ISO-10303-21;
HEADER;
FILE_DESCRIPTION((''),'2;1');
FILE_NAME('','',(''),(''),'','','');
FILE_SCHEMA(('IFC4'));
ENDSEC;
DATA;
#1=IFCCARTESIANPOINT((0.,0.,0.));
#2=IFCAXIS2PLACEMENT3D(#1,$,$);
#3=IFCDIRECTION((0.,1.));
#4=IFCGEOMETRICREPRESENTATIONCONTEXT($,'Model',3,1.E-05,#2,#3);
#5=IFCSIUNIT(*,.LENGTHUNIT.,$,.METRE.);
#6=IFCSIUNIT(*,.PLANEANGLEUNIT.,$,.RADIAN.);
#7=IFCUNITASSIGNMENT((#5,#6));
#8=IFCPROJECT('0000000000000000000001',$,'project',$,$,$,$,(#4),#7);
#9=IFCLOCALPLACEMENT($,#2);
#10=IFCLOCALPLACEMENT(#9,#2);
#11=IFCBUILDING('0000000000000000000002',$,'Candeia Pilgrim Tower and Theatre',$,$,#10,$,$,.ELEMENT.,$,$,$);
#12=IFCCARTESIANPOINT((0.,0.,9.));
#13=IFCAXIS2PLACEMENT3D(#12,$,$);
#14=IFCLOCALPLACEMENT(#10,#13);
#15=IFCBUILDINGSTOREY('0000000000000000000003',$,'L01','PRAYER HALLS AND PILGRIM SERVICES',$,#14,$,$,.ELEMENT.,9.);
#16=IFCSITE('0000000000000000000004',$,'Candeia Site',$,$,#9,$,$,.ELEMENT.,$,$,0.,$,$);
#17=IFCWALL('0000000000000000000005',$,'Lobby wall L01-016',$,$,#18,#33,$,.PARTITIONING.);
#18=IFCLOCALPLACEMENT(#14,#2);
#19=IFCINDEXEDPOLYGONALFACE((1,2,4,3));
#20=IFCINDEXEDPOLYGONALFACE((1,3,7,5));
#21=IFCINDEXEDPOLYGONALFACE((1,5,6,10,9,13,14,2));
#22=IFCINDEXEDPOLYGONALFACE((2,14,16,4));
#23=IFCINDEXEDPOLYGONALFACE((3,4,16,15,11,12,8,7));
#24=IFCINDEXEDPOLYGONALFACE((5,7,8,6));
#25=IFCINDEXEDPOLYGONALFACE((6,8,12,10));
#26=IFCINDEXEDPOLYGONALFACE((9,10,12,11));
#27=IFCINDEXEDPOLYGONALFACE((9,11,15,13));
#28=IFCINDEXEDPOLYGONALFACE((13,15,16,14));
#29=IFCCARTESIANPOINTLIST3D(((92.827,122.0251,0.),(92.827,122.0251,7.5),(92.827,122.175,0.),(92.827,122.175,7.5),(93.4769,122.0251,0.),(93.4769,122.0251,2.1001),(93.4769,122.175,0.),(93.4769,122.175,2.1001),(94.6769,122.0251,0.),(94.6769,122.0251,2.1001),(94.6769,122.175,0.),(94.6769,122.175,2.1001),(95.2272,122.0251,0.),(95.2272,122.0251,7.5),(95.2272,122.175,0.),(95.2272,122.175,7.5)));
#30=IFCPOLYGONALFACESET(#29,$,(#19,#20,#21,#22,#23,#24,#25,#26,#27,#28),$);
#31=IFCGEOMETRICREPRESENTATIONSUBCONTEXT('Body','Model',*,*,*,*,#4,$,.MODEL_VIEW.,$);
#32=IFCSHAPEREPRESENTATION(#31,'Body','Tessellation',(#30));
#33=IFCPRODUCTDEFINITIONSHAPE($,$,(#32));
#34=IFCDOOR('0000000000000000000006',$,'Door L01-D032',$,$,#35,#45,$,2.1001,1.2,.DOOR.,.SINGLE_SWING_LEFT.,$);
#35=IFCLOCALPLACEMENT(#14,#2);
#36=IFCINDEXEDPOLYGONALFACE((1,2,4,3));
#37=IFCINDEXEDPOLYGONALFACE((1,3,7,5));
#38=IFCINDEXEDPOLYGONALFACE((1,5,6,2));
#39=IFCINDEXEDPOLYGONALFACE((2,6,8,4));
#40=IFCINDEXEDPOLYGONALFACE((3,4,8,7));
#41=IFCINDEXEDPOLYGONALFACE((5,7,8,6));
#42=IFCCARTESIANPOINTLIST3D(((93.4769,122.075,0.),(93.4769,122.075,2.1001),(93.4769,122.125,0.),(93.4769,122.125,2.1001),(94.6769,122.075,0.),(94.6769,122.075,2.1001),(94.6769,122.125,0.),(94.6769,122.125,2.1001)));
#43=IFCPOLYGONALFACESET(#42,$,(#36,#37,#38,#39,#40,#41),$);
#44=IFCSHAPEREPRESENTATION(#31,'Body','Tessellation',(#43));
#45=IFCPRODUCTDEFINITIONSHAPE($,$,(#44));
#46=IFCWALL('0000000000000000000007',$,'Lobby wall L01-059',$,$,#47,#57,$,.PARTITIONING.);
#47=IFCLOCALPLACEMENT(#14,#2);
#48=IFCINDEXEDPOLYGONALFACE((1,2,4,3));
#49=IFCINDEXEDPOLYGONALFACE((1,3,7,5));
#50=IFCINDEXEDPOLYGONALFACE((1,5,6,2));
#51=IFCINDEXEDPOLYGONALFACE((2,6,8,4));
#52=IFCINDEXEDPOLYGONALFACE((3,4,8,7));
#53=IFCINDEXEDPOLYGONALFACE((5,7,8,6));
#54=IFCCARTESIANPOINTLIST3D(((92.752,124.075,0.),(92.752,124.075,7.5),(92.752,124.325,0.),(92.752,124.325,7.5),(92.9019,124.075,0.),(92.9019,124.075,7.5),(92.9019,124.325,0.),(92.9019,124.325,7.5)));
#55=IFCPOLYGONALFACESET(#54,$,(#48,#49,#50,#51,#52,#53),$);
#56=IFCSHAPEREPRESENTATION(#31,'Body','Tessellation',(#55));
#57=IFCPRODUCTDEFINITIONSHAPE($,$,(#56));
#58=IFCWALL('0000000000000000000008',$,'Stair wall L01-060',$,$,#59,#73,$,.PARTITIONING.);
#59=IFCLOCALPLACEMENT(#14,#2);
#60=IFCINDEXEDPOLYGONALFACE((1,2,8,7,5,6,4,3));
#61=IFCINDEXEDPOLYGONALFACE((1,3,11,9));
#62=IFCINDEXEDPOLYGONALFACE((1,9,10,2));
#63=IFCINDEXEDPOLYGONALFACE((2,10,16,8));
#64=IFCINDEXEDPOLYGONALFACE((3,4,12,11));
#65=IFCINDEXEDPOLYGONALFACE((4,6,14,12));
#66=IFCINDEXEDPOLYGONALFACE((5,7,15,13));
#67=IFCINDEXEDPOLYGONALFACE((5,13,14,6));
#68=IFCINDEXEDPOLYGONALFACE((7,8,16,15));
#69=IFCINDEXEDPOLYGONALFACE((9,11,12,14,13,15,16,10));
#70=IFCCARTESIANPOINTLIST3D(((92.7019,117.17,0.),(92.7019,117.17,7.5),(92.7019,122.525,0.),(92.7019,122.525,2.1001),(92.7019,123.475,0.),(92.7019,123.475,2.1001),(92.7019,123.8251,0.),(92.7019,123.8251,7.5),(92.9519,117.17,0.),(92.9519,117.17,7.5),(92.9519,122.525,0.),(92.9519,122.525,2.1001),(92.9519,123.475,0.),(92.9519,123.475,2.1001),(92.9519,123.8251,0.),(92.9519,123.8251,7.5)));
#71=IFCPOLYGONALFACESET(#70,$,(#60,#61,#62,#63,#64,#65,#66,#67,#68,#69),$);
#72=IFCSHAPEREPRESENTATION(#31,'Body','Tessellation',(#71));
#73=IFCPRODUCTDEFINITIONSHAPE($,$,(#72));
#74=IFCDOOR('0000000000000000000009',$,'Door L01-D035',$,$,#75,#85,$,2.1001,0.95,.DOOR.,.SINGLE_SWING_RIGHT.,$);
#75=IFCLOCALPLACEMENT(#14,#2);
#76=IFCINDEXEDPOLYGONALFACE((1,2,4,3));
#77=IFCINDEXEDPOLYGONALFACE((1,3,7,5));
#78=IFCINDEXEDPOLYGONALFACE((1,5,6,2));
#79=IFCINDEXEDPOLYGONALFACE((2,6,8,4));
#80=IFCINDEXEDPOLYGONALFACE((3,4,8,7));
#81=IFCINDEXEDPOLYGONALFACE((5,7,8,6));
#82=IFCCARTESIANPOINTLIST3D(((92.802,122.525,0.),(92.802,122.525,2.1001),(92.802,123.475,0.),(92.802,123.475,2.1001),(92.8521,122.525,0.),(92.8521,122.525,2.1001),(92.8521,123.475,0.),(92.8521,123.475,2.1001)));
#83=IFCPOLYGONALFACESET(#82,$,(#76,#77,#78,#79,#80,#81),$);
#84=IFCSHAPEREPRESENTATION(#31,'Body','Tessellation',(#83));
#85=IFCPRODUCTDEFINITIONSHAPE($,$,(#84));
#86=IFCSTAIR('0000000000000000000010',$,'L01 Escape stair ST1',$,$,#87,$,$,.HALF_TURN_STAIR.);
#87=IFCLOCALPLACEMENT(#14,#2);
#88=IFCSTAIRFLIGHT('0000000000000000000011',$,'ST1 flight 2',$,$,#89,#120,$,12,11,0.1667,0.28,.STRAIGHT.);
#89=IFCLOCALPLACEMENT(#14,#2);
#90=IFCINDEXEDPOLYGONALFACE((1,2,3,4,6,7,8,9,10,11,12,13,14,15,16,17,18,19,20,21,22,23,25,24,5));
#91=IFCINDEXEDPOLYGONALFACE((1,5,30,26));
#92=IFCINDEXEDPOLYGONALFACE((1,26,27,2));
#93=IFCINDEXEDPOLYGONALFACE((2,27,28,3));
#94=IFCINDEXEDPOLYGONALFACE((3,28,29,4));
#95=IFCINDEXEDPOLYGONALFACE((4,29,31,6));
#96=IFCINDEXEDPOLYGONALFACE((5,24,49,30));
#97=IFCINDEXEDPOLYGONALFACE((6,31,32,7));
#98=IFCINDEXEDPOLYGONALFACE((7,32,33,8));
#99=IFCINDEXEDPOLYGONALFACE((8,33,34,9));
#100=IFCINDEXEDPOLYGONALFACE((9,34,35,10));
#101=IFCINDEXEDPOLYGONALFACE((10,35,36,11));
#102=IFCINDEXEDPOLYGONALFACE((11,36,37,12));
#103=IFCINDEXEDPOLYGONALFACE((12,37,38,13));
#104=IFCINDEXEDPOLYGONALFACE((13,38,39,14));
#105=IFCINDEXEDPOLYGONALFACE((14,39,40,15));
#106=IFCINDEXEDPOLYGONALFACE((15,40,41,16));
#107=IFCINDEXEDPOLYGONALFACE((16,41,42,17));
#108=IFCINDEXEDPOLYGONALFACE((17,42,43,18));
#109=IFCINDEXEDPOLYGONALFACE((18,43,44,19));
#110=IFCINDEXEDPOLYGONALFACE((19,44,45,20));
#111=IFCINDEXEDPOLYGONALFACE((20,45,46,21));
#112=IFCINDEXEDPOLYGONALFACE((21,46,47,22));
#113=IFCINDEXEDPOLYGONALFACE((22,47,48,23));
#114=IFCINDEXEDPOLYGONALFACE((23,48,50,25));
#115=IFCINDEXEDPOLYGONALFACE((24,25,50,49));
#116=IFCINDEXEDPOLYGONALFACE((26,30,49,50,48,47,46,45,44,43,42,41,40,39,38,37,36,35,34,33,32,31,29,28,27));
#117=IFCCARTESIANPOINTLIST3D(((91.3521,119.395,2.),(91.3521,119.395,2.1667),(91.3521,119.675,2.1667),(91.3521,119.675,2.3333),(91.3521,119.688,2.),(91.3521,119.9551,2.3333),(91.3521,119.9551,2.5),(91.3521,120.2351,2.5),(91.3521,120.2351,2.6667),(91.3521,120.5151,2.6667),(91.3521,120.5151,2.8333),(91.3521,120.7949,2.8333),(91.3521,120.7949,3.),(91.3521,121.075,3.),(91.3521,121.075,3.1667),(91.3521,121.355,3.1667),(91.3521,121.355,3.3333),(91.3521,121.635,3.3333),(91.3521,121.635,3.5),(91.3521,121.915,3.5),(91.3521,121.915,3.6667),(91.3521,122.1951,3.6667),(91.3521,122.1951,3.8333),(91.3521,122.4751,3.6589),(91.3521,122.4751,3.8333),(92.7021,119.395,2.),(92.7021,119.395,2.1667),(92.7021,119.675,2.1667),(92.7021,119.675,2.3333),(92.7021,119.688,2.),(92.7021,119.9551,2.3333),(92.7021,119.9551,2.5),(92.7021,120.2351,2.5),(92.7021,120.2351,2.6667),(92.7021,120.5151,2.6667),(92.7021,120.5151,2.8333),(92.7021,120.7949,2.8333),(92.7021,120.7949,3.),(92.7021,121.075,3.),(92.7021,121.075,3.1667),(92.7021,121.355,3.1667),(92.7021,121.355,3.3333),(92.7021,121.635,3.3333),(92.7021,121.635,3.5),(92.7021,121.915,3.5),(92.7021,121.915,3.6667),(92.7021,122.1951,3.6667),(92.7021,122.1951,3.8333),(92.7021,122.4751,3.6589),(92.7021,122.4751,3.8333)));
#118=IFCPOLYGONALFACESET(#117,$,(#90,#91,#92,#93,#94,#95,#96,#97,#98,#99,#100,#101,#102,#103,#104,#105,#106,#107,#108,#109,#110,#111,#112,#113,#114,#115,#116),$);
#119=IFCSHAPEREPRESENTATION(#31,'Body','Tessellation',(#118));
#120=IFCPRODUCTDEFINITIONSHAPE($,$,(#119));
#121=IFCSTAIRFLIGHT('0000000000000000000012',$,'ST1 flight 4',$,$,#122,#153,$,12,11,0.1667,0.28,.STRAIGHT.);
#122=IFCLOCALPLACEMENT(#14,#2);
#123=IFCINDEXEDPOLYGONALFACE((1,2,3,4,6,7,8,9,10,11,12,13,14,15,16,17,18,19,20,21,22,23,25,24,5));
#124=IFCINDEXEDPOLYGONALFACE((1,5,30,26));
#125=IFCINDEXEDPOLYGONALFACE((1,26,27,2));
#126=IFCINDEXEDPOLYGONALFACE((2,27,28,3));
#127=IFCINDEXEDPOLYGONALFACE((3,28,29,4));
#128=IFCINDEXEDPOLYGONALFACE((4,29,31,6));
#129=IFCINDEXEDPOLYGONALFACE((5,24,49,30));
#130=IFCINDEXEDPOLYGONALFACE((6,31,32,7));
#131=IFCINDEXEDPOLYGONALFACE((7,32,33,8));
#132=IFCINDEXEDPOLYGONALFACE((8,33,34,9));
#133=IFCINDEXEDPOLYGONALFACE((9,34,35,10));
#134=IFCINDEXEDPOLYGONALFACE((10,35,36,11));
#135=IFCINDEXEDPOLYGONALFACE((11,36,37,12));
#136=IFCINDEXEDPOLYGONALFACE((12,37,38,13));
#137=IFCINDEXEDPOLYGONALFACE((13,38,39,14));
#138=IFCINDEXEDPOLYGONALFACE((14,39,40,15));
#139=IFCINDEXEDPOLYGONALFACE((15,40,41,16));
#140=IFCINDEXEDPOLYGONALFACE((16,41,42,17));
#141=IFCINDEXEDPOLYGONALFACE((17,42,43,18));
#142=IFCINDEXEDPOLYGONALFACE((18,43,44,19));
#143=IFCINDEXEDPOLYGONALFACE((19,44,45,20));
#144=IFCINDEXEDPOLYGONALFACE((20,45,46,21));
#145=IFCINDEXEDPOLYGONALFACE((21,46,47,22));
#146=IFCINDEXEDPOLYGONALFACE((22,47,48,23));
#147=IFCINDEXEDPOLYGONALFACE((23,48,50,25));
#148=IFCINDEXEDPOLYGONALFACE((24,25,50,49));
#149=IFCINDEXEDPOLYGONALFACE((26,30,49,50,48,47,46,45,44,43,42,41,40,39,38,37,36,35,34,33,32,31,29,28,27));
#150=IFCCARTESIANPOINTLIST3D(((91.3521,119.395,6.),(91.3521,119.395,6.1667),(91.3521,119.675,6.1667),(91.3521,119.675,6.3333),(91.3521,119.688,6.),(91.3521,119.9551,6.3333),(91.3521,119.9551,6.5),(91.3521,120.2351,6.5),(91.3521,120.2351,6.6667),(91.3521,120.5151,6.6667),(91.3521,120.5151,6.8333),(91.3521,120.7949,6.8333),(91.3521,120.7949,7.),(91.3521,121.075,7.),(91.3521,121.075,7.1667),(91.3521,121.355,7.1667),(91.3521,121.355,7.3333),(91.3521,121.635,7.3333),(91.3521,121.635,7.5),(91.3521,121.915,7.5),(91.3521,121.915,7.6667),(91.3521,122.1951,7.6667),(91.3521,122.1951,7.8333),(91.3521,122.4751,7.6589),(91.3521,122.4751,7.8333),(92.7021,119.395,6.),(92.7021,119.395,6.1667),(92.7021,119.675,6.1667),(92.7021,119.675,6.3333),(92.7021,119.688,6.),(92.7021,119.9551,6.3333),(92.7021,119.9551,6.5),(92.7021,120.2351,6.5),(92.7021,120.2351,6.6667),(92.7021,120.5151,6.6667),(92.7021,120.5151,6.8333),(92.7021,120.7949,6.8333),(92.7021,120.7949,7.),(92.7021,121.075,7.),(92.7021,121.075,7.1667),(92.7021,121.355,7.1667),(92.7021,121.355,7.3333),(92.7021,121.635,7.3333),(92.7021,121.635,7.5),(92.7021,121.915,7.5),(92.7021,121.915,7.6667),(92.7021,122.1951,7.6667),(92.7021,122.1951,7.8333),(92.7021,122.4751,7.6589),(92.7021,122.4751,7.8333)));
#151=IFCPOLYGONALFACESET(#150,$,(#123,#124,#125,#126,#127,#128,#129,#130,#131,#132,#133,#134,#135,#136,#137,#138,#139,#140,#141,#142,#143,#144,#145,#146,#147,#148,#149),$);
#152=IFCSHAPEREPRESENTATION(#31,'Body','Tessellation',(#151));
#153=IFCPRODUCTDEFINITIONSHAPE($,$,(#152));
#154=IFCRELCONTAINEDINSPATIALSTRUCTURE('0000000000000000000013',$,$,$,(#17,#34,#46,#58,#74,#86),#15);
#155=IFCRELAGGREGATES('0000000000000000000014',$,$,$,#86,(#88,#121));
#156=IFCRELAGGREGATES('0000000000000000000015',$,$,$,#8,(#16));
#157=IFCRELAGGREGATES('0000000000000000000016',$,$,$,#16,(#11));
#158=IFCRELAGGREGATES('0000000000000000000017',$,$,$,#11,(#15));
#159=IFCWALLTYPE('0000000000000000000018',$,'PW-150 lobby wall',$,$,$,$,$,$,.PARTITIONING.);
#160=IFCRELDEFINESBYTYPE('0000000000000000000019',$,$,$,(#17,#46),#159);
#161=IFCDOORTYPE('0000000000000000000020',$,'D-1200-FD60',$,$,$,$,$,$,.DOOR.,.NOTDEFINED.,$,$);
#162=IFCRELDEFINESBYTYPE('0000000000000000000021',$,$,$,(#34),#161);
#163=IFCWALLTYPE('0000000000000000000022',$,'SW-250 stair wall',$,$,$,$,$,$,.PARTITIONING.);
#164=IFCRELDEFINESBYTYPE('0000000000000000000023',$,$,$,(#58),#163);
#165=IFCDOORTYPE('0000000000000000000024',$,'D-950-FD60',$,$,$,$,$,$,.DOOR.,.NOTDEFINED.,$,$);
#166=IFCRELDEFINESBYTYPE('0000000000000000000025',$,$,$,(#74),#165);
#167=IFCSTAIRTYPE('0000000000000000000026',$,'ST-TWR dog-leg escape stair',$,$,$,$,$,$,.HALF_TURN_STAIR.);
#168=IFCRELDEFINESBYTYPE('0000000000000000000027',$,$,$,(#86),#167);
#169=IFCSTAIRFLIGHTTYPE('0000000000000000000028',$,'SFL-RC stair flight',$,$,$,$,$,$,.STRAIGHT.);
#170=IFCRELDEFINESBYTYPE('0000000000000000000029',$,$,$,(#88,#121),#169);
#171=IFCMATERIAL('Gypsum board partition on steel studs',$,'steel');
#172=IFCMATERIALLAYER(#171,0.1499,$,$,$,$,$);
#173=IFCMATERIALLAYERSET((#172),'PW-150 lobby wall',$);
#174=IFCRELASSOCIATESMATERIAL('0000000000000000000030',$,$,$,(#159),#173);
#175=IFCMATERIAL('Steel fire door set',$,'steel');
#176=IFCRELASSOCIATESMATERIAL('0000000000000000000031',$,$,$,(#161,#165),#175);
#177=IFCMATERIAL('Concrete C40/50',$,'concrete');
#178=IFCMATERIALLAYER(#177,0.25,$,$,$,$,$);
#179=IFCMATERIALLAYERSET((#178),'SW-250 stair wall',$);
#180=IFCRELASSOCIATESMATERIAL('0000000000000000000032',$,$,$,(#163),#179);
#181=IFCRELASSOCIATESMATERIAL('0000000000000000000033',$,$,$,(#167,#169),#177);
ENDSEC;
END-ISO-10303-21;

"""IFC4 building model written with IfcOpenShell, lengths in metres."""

from ifc_helpers import new_model, si_unit, direction, frame, frame_2d, origin, place, context, subcontext, project, spatial, polyline, rectangle, outline, extrude, material, layer, layer_set, type_object, element, fill, aggregate, save


model = new_model("IFC4")

# Units and contexts
model_context = context("Model", 3, precision=1e-05, world=origin(), true_north=direction((0.0, 1.0)))
body_context = subcontext(model_context, "Body", "Model", "MODEL_VIEW")
ifc_project = project(units=[si_unit("LENGTHUNIT", "METRE"), si_unit("PLANEANGLEUNIT", "RADIAN")], contexts=[model_context])

# Site, building, storey
site_placement = place(None, origin())
site = spatial("IfcSite", under=ifc_project, at=site_placement, Name="Candeia Site", CompositionType="ELEMENT", RefElevation=0.0)
building_placement = place(site_placement, origin())
building = spatial("IfcBuilding", under=site, at=building_placement, Name="Candeia Pilgrim Tower and Theatre", CompositionType="ELEMENT")
storey_placement = place(building_placement, frame((0.0, 0.0, 9.0)))
storey = spatial("IfcBuildingStorey", under=building, at=storey_placement, Name="L01", Description="PRAYER HALLS AND PILGRIM SERVICES", CompositionType="ELEMENT", Elevation=9.0)

# Wall, opening, door
ifc_material_1 = material(Name="Gypsum board partition on steel studs", Category="steel")
ifc_layer_1 = layer(ifc_material_1, 0.1499)
ifc_layer_set_1 = layer_set([ifc_layer_1], Name="PW-150 lobby wall")
wall_type_1 = type_object("IfcWallType", Name="PW-150 lobby wall", PredefinedType="PARTITIONING", material=ifc_layer_set_1)
wall_1_placement = place(storey_placement, frame((92.8269, 122.1001, 0.0), z_axis=(0.0, 0.0, 1.0), x_axis=(1.0, 0.0, 0.0)))
wall_1 = element("IfcWall", 1, at=wall_1_placement, inside=storey, type_object=wall_type_1, Name="Lobby wall L01-016", PredefinedType="PARTITIONING", context=body_context, shape_type="SweptSolid", body=[
    extrude(rectangle(XDim=2.4001, YDim=0.1499, at=frame_2d((1.2002, 0.0))), origin(), (0.0, 0.0, 1.0), 7.5),
])
opening_1_placement = place(wall_1_placement, frame((0.6499, 0.0, 0.0)))
opening_1 = element("IfcOpeningElement", 2, at=opening_1_placement, cuts=wall_1, PredefinedType="OPENING", context=body_context, shape_type="SweptSolid", body=[
    extrude(rectangle(XDim=1.2, YDim=2.1001, at=frame_2d((0.6001, 1.05))), frame((0.0, 0.085, 0.0), z_axis=(0.0, -1.0, 0.0), x_axis=(1.0, 0.0, 0.0)), (0.0, 0.0, 1.0), 0.1699),
])
ifc_material_2 = material(Name="Steel fire door set", Category="steel")
door_type_1 = type_object("IfcDoorType", Name="D-1200-FD60", OperationType="NOTDEFINED", PredefinedType="DOOR", material=ifc_material_2)
door_1_placement = place(opening_1_placement, origin())
door_1 = element("IfcDoor", 3, at=door_1_placement, inside=storey, type_object=door_type_1, Name="Door L01-D032", OperationType="SINGLE_SWING_LEFT", OverallHeight=2.1001, OverallWidth=1.2, PredefinedType="DOOR", context=body_context, shape_type="SweptSolid", body=[
    extrude(rectangle(XDim=1.2, YDim=2.1001, at=frame_2d((0.6001, 1.05))), frame((0.0, 0.0249, 0.0), z_axis=(0.0, -1.0, 0.0), x_axis=(1.0, 0.0, 0.0)), (0.0, 0.0, 1.0), 0.05),
])
fill(opening_1, door_1)

# Wall
wall_2_placement = place(storey_placement, frame((92.8269, 124.075, 0.0), z_axis=(0.0, 0.0, 1.0), x_axis=(0.0, 1.0, 0.0)))
element("IfcWall", 4, at=wall_2_placement, inside=storey, type_object=wall_type_1, Name="Lobby wall L01-059", PredefinedType="PARTITIONING", context=body_context, shape_type="SweptSolid", body=[
    extrude(rectangle(XDim=0.25, YDim=0.1499, at=frame_2d((0.125, 0.0))), origin(), (0.0, 0.0, 1.0), 7.5),
])

# Wall, opening, door
ifc_material_3 = material(Name="Concrete C40/50", Category="concrete")
ifc_layer_2 = layer(ifc_material_3, 0.25)
ifc_layer_set_2 = layer_set([ifc_layer_2], Name="SW-250 stair wall")
wall_type_2 = type_object("IfcWallType", Name="SW-250 stair wall", PredefinedType="PARTITIONING", material=ifc_layer_set_2)
wall_3_placement = place(storey_placement, frame((92.8269, 117.1699, 0.0), z_axis=(0.0, 0.0, 1.0), x_axis=(0.0, 1.0, 0.0)))
wall_3 = element("IfcWall", 5, at=wall_3_placement, inside=storey, type_object=wall_type_2, Name="Stair wall L01-060", PredefinedType="PARTITIONING", context=body_context, shape_type="SweptSolid", body=[
    extrude(rectangle(XDim=6.655, YDim=0.25, at=frame_2d((3.3276, 0.0))), origin(), (0.0, 0.0, 1.0), 7.5),
])
opening_2_placement = place(wall_3_placement, frame((5.355, 0.0, 0.0)))
opening_2 = element("IfcOpeningElement", 6, at=opening_2_placement, cuts=wall_3, PredefinedType="OPENING", context=body_context, shape_type="SweptSolid", body=[
    extrude(rectangle(XDim=0.95, YDim=2.1001, at=frame_2d((0.4751, 1.05))), frame((0.0, 0.135, 0.0), z_axis=(0.0, -1.0, 0.0), x_axis=(1.0, 0.0, 0.0)), (0.0, 0.0, 1.0), 0.27),
])
door_type_2 = type_object("IfcDoorType", Name="D-950-FD60", OperationType="NOTDEFINED", PredefinedType="DOOR", material=ifc_material_2)
door_2_placement = place(opening_2_placement, origin())
door_2 = element("IfcDoor", 7, at=door_2_placement, inside=storey, type_object=door_type_2, Name="Door L01-D035", OperationType="SINGLE_SWING_RIGHT", OverallHeight=2.1001, OverallWidth=0.95, PredefinedType="DOOR", context=body_context, shape_type="SweptSolid", body=[
    extrude(rectangle(XDim=0.95, YDim=2.1001, at=frame_2d((0.4751, 1.05))), frame((0.0, 0.0249, 0.0), z_axis=(0.0, -1.0, 0.0), x_axis=(1.0, 0.0, 0.0)), (0.0, 0.0, 1.0), 0.05),
])
fill(opening_2, door_2)

# Stair, stair flights
stair_type = type_object("IfcStairType", Name="ST-TWR dog-leg escape stair", PredefinedType="HALF_TURN_STAIR", material=ifc_material_3)
stair_placement = place(storey_placement, origin())
stair = element("IfcStair", 8, at=stair_placement, inside=storey, type_object=stair_type, Name="L01 Escape stair ST1", PredefinedType="HALF_TURN_STAIR")
stair_flight_type = type_object("IfcStairFlightType", Name="SFL-RC stair flight", PredefinedType="STRAIGHT", material=ifc_material_3)
stair_flight_1_placement = place(storey_placement, frame((92.0271, 119.395, 2.0), z_axis=(0.0, 0.0, 1.0), x_axis=(0.0, 1.0, 0.0)))
stair_flight_1 = element("IfcStairFlight", 9, at=stair_flight_1_placement, type_object=stair_flight_type, Name="ST1 flight 2", NumberOfRisers=12, NumberOfTreads=11, PredefinedType="STRAIGHT", RiserHeight=0.1667, TreadLength=0.28, context=body_context, shape_type="SweptSolid", body=[
    extrude(outline(polyline([(0.0, 0.0), (0.0, 0.1667), (0.28, 0.1667), (0.28, 0.3333), (0.5601, 0.3333), (0.5601, 0.5), (0.8401, 0.5), (0.8401, 0.6667), (1.1201, 0.6667), (1.1201, 0.8333), (1.3999, 0.8333), (1.3999, 1.0), (1.6799, 1.0), (1.6799, 1.1667), (1.96, 1.1667), (1.96, 1.3333), (2.24, 1.3333), (2.24, 1.5), (2.52, 1.5), (2.52, 1.6667), (2.8, 1.6667), (2.8, 1.8333), (3.0801, 1.8333), (3.0801, 2.0), (3.0801, 1.6589), (0.293, 0.0), (0.0, 0.0)])), frame((0.0, 0.675, 0.0), z_axis=(0.0, -1.0, 0.0), x_axis=(1.0, 0.0, 0.0)), (0.0, 0.0, 1.0), 1.3501),
])
stair_flight_2_placement = place(storey_placement, frame((92.0271, 119.395, 6.0), z_axis=(0.0, 0.0, 1.0), x_axis=(0.0, 1.0, 0.0)))
stair_flight_2 = element("IfcStairFlight", 10, at=stair_flight_2_placement, type_object=stair_flight_type, Name="ST1 flight 4", NumberOfRisers=12, NumberOfTreads=11, PredefinedType="STRAIGHT", RiserHeight=0.1667, TreadLength=0.28, context=body_context, shape_type="SweptSolid", body=[
    extrude(outline(polyline([(0.0, 0.0), (0.0, 0.1667), (0.28, 0.1667), (0.28, 0.3333), (0.5601, 0.3333), (0.5601, 0.5), (0.8401, 0.5), (0.8401, 0.6667), (1.1201, 0.6667), (1.1201, 0.8333), (1.3999, 0.8333), (1.3999, 1.0), (1.6799, 1.0), (1.6799, 1.1667), (1.96, 1.1667), (1.96, 1.3333), (2.24, 1.3333), (2.24, 1.5), (2.52, 1.5), (2.52, 1.6667), (2.8, 1.6667), (2.8, 1.8333), (3.0801, 1.8333), (3.0801, 2.0), (3.0801, 1.6589), (0.293, 0.0), (0.0, 0.0)])), frame((0.0, 0.675, 0.0), z_axis=(0.0, -1.0, 0.0), x_axis=(1.0, 0.0, 0.0)), (0.0, 0.0, 1.0), 1.3501),
])
aggregate(stair, [stair_flight_1, stair_flight_2])

save(model, "model.ifc")
